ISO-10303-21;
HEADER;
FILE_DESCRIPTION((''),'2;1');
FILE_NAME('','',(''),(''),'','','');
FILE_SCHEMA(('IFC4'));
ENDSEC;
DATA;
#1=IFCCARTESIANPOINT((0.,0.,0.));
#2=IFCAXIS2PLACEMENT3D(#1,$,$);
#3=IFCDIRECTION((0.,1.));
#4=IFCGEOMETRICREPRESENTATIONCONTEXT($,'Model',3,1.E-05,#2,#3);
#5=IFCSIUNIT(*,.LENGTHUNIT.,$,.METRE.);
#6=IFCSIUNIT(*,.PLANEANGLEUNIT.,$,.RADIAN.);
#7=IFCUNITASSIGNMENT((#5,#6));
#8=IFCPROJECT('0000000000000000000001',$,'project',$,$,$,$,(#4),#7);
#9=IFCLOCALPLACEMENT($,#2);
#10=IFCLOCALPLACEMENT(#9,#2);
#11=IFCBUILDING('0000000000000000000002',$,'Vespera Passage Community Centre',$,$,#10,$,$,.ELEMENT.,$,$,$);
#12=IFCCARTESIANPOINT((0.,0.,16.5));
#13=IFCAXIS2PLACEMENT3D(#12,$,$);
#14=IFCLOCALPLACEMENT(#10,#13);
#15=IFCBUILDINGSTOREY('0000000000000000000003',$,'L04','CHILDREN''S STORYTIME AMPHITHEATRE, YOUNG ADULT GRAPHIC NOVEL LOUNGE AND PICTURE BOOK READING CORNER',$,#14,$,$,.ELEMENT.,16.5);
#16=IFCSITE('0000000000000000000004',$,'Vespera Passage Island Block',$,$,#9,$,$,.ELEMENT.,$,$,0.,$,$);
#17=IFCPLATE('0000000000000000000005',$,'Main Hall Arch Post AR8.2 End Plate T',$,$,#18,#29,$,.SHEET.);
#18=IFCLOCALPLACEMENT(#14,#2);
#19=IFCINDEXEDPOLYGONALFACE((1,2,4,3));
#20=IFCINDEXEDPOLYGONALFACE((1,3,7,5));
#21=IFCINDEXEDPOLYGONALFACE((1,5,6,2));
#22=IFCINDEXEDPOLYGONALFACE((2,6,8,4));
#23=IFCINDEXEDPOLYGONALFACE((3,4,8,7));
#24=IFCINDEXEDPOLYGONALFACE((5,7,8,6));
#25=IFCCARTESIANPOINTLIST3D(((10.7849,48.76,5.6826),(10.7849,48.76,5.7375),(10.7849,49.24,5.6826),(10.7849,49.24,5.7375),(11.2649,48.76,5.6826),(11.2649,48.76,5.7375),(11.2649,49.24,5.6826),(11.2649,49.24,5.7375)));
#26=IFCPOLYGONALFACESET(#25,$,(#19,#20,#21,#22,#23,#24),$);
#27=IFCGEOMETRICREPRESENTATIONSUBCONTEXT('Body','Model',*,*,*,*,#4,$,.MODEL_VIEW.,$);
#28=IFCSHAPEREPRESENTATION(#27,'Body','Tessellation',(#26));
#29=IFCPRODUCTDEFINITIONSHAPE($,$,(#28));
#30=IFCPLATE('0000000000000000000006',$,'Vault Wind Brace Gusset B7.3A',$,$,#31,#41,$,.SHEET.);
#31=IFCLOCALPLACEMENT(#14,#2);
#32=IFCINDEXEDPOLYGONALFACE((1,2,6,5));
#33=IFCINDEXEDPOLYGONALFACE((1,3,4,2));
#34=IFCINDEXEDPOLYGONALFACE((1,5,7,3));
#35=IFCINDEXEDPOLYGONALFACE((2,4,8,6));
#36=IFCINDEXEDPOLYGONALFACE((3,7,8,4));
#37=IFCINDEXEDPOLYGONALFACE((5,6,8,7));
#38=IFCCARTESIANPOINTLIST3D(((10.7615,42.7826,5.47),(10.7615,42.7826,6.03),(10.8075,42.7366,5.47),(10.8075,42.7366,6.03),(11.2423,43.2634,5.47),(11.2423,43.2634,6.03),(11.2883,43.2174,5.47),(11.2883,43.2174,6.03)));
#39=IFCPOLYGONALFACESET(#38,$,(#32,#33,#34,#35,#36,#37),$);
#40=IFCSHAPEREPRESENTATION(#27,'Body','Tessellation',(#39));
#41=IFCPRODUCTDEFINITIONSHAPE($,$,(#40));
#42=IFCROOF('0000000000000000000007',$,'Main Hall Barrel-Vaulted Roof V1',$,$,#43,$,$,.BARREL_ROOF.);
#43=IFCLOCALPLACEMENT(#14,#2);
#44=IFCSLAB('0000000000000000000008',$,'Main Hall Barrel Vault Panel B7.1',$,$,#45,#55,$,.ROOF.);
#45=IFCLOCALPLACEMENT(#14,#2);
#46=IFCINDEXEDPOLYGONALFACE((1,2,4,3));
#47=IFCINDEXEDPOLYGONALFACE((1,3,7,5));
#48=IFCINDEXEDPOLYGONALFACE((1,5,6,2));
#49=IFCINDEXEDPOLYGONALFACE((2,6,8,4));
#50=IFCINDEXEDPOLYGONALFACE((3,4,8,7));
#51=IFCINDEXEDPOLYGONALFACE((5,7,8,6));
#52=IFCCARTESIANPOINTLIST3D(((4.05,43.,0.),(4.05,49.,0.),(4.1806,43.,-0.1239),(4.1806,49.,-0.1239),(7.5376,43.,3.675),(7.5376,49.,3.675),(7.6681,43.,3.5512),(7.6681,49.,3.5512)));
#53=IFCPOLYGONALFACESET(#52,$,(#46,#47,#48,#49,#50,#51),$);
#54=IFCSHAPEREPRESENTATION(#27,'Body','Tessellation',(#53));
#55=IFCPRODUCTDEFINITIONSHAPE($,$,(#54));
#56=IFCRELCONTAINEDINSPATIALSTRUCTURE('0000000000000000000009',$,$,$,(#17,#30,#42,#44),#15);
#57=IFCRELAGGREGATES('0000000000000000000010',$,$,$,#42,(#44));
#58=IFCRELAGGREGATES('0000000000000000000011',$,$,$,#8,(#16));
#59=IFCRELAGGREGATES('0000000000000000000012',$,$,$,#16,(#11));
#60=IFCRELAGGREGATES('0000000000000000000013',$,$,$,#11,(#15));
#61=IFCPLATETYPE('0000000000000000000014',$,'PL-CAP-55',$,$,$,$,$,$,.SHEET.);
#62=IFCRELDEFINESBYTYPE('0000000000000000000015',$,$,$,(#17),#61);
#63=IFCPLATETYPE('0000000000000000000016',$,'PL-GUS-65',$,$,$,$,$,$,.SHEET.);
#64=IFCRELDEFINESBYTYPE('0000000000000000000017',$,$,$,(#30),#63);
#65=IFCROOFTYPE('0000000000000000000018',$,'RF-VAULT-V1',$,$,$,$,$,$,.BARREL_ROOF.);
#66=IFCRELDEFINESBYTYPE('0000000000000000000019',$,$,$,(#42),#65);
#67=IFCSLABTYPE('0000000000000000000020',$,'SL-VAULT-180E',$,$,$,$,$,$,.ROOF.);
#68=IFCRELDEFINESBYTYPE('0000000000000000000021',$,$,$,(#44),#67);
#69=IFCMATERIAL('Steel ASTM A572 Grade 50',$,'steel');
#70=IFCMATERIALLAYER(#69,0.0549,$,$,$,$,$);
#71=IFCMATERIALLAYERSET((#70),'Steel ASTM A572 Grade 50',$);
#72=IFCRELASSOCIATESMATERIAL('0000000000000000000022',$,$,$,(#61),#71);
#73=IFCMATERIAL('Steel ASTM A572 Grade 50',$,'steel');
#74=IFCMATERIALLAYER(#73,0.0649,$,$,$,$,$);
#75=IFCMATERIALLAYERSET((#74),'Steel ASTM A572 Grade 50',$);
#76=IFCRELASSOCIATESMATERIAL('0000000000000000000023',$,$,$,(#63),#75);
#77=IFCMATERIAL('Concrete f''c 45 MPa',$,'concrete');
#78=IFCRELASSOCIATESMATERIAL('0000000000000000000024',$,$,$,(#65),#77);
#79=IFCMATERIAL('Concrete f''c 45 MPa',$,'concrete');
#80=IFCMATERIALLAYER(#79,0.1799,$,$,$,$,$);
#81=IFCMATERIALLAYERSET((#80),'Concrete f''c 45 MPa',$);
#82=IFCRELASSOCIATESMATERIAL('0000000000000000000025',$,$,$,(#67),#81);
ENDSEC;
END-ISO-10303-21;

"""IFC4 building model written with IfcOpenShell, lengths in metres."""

from ifc_helpers import new_model, si_unit, direction, frame, origin, origin_2d, place, context, subcontext, project, spatial, polyline, rectangle, outline, extrude, material, layer, layer_set, type_object, element, aggregate, save


model = new_model("IFC4")

# Units and contexts
model_context = context("Model", 3, precision=1e-05, world=origin(), true_north=direction((0.0, 1.0)))
body_context = subcontext(model_context, "Body", "Model", "MODEL_VIEW")
ifc_project = project(units=[si_unit("LENGTHUNIT", "METRE"), si_unit("PLANEANGLEUNIT", "RADIAN")], contexts=[model_context])

# Site, building, storey
site_placement = place(None, origin())
site = spatial("IfcSite", under=ifc_project, at=site_placement, Name="Vespera Passage Island Block", CompositionType="ELEMENT", RefElevation=0.0)
building_placement = place(site_placement, origin())
building = spatial("IfcBuilding", under=site, at=building_placement, Name="Vespera Passage Community Centre", CompositionType="ELEMENT")
storey_placement = place(building_placement, frame((0.0, 0.0, 16.5)))
storey = spatial("IfcBuildingStorey", under=building, at=storey_placement, Name="L04", Description="CHILDREN'S STORYTIME AMPHITHEATRE, YOUNG ADULT GRAPHIC NOVEL LOUNGE AND PICTURE BOOK READING CORNER", CompositionType="ELEMENT", Elevation=16.5)

# Plates
ifc_material_1 = material(Name="Steel ASTM A572 Grade 50", Category="steel")
ifc_layer_1 = layer(ifc_material_1, 0.0549)
ifc_layer_set_1 = layer_set([ifc_layer_1], Name="Steel ASTM A572 Grade 50")
plate_type_1 = type_object("IfcPlateType", Name="PL-CAP-55", PredefinedType="SHEET", material=ifc_layer_set_1)
for number, where, z_axis, x_axis, name in (
    (1, (11.0249, 49.0, 5.6826), (0.0, 0.0, 1.0), (1.0, 0.0, 0.0), "Main Hall Arch Post AR8.2 End Plate T"),
):
    element("IfcPlate", number, at=place(storey_placement, frame(where, z_axis=z_axis, x_axis=x_axis)), inside=storey, type_object=plate_type_1, Name=name, PredefinedType="SHEET", context=body_context, shape_type="SweptSolid", body=[
        extrude(rectangle(XDim=0.48, YDim=0.48, at=origin_2d()), origin(), (0.0, 0.0, 1.0), 0.0549),
    ])
ifc_material_2 = material(Name="Steel ASTM A572 Grade 50", Category="steel")
ifc_layer_2 = layer(ifc_material_2, 0.0649)
ifc_layer_set_2 = layer_set([ifc_layer_2], Name="Steel ASTM A572 Grade 50")
plate_type_2 = type_object("IfcPlateType", Name="PL-GUS-65", PredefinedType="SHEET", material=ifc_layer_set_2)
plate_placement = place(storey_placement, frame((11.0249, 43.0, 5.47), z_axis=(0.0, 0.0, 1.0), x_axis=(0.707107, 0.707107, 0.0)))
element("IfcPlate", 2, at=plate_placement, inside=storey, type_object=plate_type_2, Name="Vault Wind Brace Gusset B7.3A", PredefinedType="SHEET", context=body_context, shape_type="SweptSolid", body=[
    extrude(rectangle(XDim=0.6799, YDim=0.0649, at=origin_2d()), origin(), (0.0, 0.0, 1.0), 0.5601),
])

# Roof, slab
ifc_material_3 = material(Name="Concrete f'c 45 MPa", Category="concrete")
roof_type = type_object("IfcRoofType", Name="RF-VAULT-V1", PredefinedType="BARREL_ROOF", material=ifc_material_3)
roof_placement = place(storey_placement, origin())
roof = element("IfcRoof", 3, at=roof_placement, inside=storey, type_object=roof_type, Name="Main Hall Barrel-Vaulted Roof V1", PredefinedType="BARREL_ROOF")
ifc_material_4 = material(Name="Concrete f'c 45 MPa", Category="concrete")
ifc_layer_3 = layer(ifc_material_4, 0.1799)
ifc_layer_set_3 = layer_set([ifc_layer_3], Name="Concrete f'c 45 MPa")
slab_type = type_object("IfcSlabType", Name="SL-VAULT-180E", PredefinedType="ROOF", material=ifc_layer_set_3)
slab_placement = place(storey_placement, frame((4.05, 43.0, 0.0), z_axis=(-0.725369, 0.0, 0.688361), x_axis=(0.688361, 0.0, 0.725369)))
slab = element("IfcSlab", 4, at=slab_placement, inside=storey, type_object=slab_type, Name="Main Hall Barrel Vault Panel B7.1", PredefinedType="ROOF", context=body_context, shape_type="SweptSolid", body=[
    extrude(outline(polyline([(0.0, 0.0), (5.0665, 0.0), (5.0665, 6.0), (0.0, 6.0), (0.0, 0.0)])), origin(), (0.0, 0.0, -1.0), 0.1799),
])
aggregate(roof, [slab])

save(model, "model.ifc")
